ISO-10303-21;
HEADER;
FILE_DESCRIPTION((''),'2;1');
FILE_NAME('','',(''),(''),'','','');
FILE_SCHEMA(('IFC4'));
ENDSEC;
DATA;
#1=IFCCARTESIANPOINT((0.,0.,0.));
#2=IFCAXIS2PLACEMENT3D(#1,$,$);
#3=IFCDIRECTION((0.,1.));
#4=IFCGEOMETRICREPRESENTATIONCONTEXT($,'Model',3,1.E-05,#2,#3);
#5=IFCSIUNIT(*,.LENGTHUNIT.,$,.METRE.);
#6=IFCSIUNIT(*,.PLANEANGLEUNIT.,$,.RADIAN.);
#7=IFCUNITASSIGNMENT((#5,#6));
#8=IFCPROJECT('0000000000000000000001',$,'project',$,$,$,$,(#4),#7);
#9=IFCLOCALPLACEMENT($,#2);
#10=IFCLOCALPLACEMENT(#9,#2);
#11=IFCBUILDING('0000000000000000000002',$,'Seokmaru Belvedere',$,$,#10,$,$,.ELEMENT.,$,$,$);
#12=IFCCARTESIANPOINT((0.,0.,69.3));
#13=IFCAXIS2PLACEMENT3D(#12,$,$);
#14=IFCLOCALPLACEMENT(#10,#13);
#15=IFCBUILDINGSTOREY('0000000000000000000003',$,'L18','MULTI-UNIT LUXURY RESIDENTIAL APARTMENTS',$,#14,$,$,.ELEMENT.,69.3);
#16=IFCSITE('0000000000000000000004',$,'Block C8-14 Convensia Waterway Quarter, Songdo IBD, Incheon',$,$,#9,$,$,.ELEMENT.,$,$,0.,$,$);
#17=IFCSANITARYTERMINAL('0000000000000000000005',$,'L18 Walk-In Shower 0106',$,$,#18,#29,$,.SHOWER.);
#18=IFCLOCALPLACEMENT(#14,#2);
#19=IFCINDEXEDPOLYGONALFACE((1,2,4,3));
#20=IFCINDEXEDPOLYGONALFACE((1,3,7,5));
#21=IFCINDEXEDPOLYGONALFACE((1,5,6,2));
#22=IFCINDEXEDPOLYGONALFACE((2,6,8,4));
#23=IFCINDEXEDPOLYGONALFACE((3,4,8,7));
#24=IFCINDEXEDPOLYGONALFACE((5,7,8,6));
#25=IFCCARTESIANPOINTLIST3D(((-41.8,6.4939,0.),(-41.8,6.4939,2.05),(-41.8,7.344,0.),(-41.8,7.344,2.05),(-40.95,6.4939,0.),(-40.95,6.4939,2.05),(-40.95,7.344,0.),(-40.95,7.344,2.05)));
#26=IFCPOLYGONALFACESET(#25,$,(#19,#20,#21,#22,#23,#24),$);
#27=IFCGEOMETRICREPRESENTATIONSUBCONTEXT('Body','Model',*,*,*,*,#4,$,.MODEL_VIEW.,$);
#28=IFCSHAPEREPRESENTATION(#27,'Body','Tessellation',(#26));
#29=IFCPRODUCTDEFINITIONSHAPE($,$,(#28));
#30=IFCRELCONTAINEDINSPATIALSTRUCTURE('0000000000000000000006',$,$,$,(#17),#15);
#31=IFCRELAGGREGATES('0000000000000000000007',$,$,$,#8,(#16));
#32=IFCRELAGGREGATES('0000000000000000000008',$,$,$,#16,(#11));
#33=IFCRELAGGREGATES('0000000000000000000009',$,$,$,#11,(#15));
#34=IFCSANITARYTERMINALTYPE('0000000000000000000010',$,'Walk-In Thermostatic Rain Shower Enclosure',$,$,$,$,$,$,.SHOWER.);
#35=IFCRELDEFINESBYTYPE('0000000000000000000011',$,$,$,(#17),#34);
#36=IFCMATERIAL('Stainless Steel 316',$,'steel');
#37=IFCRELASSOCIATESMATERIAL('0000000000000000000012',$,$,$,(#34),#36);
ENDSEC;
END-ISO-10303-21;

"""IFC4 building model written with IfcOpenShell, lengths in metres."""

from ifc_helpers import new_model, si_unit, direction, frame, origin, origin_2d, place, context, subcontext, project, spatial, rectangle, extrude, source, transform, mapped, material, type_object, type_shapes, element, save


model = new_model("IFC4")

# Units and contexts
model_context = context("Model", 3, precision=1e-05, world=origin(), true_north=direction((0.0, 1.0)))
body_context = subcontext(model_context, "Body", "Model", "MODEL_VIEW")
ifc_project = project(units=[si_unit("LENGTHUNIT", "METRE"), si_unit("PLANEANGLEUNIT", "RADIAN")], contexts=[model_context])

# Site, building, storey
site_placement = place(None, origin())
site = spatial("IfcSite", under=ifc_project, at=site_placement, Name="Block C8-14 Convensia Waterway Quarter, Songdo IBD, Incheon", CompositionType="ELEMENT", RefElevation=0.0)
building_placement = place(site_placement, origin())
building = spatial("IfcBuilding", under=site, at=building_placement, Name="Seokmaru Belvedere", CompositionType="ELEMENT")
storey_placement = place(building_placement, frame((0.0, 0.0, 69.3)))
storey = spatial("IfcBuildingStorey", under=building, at=storey_placement, Name="L18", Description="MULTI-UNIT LUXURY RESIDENTIAL APARTMENTS", CompositionType="ELEMENT", Elevation=69.3)

# Sanitary terminal
ifc_material_1 = material(Name="Stainless Steel 316", Category="steel")
sanitary_terminal_type_1 = type_object("IfcSanitaryTerminalType", Name="Walk-In Thermostatic Rain Shower Enclosure", PredefinedType="SHOWER", material=ifc_material_1)
shared_shape_1 = source(origin(), body_context, "Body", "SweptSolid", [
    extrude(rectangle(XDim=0.8501, YDim=0.8501, at=origin_2d()), origin(), (0.0, 0.0, 1.0), 2.05),
])
type_shapes(sanitary_terminal_type_1, [shared_shape_1])
sanitary_terminal_1_placement = place(storey_placement, frame((-41.375, 6.9189, 0.0), z_axis=(0.0, 0.0, 1.0), x_axis=(1.0, 0.0, 0.0)))
element("IfcSanitaryTerminal", 1, at=sanitary_terminal_1_placement, inside=storey, type_object=sanitary_terminal_type_1, Name="L18 Walk-In Shower 0106", PredefinedType="SHOWER", context=body_context, shape_type="MappedRepresentation", body=[
    mapped(shared_shape_1, transform((0.0, 0.0, 0.0), scale=1.0)),
])

save(model, "model.ifc")
